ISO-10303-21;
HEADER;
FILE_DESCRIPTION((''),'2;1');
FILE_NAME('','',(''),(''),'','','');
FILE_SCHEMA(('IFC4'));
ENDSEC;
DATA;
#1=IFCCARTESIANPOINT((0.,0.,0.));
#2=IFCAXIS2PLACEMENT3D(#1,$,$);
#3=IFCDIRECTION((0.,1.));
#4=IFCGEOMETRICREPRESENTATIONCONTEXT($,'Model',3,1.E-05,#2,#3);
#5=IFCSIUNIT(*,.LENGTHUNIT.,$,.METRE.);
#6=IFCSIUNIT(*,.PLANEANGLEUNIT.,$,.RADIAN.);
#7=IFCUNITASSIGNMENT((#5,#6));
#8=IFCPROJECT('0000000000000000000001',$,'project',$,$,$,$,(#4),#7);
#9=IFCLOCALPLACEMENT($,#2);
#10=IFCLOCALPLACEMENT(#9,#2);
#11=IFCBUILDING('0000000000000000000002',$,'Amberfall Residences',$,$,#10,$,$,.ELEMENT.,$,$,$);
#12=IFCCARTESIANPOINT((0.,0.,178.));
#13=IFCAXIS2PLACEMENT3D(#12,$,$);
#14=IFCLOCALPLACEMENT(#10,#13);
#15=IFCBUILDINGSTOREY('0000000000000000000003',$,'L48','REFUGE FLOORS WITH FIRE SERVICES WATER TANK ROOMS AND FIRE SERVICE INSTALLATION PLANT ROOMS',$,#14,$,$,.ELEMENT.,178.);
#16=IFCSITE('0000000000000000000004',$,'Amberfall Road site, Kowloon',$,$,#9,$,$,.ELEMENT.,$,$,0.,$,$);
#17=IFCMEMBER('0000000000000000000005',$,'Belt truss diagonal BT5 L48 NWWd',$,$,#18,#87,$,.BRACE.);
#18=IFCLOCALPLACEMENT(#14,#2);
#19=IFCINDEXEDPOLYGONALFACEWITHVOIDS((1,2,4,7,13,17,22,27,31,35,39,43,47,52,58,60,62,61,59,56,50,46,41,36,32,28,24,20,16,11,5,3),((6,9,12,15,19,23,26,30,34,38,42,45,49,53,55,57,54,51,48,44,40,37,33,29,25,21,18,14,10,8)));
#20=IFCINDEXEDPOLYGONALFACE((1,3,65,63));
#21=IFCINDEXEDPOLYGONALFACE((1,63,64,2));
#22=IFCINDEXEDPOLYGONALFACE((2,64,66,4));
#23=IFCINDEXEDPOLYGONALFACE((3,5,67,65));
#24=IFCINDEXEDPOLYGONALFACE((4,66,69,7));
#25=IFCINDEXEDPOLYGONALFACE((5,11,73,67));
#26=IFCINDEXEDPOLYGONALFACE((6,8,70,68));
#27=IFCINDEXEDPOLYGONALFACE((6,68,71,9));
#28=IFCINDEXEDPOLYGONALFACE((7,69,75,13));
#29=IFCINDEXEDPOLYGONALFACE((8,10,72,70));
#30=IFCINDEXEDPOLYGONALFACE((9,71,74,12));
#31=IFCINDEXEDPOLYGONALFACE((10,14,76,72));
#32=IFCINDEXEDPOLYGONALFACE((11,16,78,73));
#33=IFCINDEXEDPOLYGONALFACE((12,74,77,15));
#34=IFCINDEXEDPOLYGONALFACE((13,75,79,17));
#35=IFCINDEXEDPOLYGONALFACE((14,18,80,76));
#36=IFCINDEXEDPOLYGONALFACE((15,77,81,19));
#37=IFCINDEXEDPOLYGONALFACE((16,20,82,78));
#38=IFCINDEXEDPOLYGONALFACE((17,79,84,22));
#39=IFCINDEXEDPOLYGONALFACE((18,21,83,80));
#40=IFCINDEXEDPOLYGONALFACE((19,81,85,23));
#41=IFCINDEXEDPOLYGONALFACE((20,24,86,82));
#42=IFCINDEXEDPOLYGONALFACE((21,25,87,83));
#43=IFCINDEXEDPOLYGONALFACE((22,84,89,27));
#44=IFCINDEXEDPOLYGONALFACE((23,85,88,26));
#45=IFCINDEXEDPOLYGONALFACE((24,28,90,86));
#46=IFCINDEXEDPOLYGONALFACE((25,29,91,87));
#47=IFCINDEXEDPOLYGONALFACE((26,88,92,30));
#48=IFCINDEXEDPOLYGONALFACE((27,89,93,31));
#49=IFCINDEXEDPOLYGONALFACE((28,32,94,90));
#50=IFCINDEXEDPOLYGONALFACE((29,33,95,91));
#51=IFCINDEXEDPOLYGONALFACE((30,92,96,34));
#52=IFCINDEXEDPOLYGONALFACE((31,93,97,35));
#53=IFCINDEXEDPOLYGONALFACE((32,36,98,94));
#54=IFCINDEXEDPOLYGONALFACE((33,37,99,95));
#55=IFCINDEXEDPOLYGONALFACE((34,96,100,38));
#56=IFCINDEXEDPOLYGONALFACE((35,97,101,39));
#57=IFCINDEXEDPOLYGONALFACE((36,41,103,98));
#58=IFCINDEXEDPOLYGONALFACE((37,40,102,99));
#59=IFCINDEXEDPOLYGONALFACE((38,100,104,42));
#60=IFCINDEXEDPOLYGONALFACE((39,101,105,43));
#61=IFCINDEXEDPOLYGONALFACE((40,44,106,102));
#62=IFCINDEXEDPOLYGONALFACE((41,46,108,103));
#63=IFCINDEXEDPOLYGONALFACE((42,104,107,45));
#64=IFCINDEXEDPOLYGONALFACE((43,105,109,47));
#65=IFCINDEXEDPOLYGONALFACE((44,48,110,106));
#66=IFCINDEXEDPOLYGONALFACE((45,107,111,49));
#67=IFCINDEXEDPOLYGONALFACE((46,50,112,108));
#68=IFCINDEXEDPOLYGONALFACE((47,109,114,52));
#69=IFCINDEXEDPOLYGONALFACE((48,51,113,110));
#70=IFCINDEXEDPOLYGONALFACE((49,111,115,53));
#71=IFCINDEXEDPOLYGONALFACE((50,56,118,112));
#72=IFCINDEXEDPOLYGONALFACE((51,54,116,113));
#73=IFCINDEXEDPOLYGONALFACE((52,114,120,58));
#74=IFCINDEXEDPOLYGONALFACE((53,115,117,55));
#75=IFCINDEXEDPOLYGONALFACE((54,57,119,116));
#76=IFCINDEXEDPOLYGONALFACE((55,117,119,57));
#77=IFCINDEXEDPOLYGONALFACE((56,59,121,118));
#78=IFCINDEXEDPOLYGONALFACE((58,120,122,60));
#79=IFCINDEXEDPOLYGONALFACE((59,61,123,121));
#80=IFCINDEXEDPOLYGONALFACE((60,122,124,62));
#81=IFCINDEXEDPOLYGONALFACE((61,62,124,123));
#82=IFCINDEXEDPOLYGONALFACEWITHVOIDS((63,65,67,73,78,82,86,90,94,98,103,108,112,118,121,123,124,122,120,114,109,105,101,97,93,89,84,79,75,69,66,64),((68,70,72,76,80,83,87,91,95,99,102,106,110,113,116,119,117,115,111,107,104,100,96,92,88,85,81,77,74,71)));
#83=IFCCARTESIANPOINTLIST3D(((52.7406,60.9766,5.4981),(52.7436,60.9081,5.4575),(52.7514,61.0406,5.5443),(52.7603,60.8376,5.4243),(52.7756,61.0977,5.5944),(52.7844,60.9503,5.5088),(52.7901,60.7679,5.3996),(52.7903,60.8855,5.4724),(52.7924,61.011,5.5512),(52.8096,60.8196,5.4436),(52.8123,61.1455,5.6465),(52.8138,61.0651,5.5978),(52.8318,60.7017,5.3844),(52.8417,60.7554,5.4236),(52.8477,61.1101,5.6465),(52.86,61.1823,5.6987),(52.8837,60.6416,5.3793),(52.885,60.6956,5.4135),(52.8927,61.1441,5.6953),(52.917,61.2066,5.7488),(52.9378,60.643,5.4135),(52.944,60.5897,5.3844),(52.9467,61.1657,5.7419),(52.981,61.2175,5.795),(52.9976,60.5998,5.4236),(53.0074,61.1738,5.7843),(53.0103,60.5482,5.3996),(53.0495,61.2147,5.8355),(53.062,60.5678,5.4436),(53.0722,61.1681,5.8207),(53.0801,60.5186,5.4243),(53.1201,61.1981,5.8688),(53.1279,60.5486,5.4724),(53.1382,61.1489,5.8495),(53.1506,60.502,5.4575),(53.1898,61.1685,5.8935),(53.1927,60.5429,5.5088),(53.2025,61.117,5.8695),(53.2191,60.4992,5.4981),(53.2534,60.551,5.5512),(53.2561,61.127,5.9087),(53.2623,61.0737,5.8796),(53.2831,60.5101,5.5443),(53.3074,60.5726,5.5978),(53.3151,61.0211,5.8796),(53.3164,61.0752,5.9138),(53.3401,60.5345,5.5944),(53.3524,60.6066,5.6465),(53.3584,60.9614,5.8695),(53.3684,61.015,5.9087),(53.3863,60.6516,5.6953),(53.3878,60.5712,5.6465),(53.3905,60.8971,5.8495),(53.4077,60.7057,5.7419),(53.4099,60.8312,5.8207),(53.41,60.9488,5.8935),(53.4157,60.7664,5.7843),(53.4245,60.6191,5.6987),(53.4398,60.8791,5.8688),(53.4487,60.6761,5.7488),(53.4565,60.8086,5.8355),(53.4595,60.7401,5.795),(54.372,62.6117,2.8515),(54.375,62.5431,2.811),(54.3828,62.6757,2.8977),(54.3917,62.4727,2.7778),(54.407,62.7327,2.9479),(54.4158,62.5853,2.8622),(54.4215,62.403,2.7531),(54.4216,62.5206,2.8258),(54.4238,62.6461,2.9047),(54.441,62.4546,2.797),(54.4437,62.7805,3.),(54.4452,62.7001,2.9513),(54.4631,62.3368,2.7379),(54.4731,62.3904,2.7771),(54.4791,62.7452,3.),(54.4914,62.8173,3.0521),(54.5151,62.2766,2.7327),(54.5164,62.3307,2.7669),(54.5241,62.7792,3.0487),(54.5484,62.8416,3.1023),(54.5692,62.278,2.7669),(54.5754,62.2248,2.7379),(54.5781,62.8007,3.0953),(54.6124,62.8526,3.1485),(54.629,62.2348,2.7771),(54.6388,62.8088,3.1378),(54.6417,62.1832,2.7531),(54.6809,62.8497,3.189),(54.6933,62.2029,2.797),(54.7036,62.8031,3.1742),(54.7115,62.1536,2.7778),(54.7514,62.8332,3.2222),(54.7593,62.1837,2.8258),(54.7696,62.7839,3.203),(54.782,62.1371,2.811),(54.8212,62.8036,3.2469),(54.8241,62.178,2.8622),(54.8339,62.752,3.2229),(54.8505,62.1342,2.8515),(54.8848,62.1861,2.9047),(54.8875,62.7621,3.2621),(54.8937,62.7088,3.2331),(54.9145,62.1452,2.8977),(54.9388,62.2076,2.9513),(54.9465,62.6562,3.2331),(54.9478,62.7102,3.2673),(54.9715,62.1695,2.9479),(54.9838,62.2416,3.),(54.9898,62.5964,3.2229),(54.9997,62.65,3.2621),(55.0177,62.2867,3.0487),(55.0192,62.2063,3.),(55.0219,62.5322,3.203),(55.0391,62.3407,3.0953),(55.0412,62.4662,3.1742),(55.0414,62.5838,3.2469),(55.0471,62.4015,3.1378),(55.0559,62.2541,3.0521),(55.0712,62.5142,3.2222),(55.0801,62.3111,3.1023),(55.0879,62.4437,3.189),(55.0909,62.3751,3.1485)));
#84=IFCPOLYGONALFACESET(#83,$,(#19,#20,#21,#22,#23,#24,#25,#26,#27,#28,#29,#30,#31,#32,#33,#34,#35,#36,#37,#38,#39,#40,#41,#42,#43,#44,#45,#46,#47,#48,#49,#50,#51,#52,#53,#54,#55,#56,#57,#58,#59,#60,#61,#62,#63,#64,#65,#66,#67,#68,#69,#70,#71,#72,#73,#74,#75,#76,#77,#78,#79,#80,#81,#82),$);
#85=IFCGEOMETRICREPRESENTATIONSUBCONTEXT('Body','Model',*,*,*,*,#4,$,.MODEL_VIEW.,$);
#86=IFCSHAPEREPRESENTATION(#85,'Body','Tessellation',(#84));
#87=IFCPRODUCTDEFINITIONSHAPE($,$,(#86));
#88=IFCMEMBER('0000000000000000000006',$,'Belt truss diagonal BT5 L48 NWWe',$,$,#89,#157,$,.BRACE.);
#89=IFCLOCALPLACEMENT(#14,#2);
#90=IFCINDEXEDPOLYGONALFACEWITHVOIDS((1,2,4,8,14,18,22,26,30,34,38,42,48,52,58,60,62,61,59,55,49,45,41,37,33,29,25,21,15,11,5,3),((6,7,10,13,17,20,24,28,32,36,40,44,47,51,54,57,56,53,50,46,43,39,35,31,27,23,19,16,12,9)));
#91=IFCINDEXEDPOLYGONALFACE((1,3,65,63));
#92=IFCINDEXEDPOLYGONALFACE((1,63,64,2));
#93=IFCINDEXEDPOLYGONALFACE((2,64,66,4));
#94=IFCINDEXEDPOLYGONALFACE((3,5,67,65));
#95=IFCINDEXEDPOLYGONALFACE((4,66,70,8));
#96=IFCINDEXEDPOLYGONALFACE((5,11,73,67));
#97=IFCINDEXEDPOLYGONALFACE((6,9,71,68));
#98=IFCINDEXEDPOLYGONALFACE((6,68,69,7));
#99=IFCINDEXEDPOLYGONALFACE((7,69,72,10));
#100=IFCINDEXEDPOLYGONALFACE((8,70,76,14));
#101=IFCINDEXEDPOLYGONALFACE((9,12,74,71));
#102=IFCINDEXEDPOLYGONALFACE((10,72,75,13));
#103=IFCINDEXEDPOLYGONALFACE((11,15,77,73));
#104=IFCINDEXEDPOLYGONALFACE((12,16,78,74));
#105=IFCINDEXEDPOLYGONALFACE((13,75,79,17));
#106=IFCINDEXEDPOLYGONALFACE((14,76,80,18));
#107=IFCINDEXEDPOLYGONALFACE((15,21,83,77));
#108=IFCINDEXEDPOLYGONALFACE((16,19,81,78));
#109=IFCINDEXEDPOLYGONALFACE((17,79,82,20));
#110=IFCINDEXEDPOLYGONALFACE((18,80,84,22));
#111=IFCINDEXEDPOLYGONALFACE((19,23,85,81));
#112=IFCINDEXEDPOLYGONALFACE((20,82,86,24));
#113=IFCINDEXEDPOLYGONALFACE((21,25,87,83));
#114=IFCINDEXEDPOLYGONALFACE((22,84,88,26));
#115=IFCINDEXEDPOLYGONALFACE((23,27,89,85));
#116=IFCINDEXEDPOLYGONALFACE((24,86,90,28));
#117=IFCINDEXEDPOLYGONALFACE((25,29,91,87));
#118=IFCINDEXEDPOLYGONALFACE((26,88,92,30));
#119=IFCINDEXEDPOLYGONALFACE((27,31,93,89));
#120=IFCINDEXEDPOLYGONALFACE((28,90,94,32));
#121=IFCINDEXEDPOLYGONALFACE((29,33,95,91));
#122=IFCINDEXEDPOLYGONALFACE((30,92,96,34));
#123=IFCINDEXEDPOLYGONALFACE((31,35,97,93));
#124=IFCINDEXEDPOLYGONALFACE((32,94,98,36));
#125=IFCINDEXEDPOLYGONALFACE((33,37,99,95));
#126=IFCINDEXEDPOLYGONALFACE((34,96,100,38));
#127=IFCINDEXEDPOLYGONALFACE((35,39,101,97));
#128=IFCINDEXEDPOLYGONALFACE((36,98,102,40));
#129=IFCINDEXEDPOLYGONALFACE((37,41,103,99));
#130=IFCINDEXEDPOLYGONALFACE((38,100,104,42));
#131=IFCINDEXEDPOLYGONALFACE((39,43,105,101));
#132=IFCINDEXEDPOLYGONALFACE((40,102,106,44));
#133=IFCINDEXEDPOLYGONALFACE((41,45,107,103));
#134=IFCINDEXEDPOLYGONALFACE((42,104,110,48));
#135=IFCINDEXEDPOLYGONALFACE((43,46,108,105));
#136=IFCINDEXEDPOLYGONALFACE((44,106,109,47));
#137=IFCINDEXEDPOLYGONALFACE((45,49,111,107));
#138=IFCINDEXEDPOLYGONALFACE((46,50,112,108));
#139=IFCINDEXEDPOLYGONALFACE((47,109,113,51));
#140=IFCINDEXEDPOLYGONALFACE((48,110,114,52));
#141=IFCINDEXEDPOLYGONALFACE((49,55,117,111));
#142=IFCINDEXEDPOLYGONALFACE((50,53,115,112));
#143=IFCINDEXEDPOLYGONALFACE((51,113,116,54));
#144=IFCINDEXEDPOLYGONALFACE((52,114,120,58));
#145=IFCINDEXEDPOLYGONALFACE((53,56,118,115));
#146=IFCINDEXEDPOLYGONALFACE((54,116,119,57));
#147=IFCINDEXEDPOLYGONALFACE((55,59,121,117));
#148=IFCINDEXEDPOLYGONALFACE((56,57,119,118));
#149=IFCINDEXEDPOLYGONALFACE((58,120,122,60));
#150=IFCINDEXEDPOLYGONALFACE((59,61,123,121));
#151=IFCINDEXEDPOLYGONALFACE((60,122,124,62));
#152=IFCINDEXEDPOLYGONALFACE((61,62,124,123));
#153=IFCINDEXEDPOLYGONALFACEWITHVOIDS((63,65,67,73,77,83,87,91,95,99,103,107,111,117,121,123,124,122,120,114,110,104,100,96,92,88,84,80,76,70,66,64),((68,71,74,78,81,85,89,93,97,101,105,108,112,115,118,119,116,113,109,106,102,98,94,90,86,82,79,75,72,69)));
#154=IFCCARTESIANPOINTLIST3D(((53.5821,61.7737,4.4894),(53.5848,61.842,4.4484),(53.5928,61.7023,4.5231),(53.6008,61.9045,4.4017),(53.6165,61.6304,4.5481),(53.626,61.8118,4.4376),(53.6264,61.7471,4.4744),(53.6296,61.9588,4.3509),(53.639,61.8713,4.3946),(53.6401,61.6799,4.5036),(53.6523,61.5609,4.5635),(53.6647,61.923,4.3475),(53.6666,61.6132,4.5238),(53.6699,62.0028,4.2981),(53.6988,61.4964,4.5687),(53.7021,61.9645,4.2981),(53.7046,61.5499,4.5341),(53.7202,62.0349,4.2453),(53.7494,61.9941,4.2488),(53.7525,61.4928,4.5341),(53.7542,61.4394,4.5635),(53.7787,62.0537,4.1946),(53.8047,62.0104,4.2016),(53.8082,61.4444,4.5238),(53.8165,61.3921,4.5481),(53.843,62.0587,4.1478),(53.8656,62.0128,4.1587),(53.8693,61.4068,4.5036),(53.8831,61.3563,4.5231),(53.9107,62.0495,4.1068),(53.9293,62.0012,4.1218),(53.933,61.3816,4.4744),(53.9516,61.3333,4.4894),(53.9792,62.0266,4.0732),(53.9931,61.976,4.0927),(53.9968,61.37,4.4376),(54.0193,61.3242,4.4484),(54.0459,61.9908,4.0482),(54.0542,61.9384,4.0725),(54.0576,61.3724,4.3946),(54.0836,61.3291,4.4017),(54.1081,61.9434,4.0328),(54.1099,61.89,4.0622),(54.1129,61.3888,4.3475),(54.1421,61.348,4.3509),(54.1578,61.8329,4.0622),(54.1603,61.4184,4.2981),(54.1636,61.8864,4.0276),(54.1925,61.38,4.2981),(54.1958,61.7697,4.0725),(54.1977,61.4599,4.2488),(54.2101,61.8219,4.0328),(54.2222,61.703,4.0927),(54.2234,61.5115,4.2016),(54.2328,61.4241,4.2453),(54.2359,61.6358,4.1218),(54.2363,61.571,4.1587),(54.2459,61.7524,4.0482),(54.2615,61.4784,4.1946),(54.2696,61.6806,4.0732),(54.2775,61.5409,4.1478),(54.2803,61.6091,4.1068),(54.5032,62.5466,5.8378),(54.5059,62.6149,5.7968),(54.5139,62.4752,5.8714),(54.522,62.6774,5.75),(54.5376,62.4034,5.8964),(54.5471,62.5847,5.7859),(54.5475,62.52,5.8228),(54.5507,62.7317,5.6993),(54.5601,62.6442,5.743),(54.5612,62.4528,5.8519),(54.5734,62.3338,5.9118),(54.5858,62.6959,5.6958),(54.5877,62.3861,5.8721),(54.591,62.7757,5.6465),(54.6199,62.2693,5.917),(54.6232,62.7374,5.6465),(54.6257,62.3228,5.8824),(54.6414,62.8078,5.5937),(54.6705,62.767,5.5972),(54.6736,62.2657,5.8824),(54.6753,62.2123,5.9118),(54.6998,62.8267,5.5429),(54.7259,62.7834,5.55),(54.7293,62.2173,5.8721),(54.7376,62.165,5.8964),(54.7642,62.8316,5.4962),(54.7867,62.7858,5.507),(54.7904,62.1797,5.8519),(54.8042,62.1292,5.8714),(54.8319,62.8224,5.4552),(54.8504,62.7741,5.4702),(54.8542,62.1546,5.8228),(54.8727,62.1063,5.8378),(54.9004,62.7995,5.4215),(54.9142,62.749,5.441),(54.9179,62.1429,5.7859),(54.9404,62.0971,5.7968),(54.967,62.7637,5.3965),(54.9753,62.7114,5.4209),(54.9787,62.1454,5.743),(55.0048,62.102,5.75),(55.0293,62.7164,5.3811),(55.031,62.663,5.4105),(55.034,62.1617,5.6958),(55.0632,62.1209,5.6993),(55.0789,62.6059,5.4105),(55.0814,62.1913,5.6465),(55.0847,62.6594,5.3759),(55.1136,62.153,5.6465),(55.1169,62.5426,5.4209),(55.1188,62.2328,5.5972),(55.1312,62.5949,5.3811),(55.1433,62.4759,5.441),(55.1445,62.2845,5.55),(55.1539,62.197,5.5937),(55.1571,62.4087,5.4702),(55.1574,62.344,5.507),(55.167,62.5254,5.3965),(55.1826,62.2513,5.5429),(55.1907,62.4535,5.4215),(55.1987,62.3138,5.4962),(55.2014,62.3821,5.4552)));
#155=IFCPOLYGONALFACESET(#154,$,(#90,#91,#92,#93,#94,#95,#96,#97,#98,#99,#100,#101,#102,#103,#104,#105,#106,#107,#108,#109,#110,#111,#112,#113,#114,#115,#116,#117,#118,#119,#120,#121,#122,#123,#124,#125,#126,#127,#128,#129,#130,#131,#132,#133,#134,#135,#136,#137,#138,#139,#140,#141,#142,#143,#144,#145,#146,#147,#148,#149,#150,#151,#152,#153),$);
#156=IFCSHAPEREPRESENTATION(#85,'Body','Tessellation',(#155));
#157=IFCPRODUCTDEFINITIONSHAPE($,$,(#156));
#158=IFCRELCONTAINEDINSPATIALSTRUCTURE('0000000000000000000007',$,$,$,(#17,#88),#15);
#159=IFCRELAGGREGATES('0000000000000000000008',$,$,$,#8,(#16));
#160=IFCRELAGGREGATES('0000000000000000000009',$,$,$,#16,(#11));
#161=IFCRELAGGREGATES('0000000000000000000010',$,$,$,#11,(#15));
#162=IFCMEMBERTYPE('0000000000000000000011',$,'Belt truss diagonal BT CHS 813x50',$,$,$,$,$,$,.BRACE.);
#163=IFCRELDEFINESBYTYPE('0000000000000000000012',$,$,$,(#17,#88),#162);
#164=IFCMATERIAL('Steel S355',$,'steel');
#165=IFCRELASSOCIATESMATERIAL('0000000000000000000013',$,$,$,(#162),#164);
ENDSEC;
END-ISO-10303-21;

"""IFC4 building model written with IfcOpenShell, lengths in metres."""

from ifc_helpers import new_model, si_unit, direction, frame, origin, origin_2d, place, context, subcontext, project, spatial, hollow_circle, extrude, material, material_profile, profile_set, type_object, element, save


model = new_model("IFC4")

# Units and contexts
model_context = context("Model", 3, precision=1e-05, world=origin(), true_north=direction((0.0, 1.0)))
body_context = subcontext(model_context, "Body", "Model", "MODEL_VIEW")
ifc_project = project(units=[si_unit("LENGTHUNIT", "METRE"), si_unit("PLANEANGLEUNIT", "RADIAN")], contexts=[model_context])

# Site, building, storey
site_placement = place(None, origin())
site = spatial("IfcSite", under=ifc_project, at=site_placement, Name="Amberfall Road site, Kowloon", CompositionType="ELEMENT", RefElevation=0.0)
building_placement = place(site_placement, origin())
building = spatial("IfcBuilding", under=site, at=building_placement, Name="Amberfall Residences", CompositionType="ELEMENT")
storey_placement = place(building_placement, frame((0.0, 0.0, 178.0)))
storey = spatial("IfcBuildingStorey", under=building, at=storey_placement, Name="L48", Description="REFUGE FLOORS WITH FIRE SERVICES WATER TANK ROOMS AND FIRE SERVICE INSTALLATION PLANT ROOMS", CompositionType="ELEMENT", Elevation=178.0)

# Shared definitions
ifc_material_1 = material(Name="Steel S355", Category="steel")

# Members
ifc_material_profile_1 = material_profile(ifc_material_1, hollow_circle(Radius=0.4065, WallThickness=0.05, at=origin_2d()), Name="CHS 813x50")
ifc_profile_set_1 = profile_set([ifc_material_profile_1], Name="Steel S355")
member_type = type_object("IfcMemberType", Name="Belt truss diagonal BT CHS 813x50", PredefinedType="BRACE", material=ifc_profile_set_1)
member_1_placement = place(storey_placement, frame((54.7314, 62.4934, 3.0), z_axis=(-0.464426, -0.465469, 0.753424), x_axis=(0.707899, -0.706314, 0.0)))
element("IfcMember", 1, at=member_1_placement, inside=storey, type_object=member_type, Name="Belt truss diagonal BT5 L48 NWWd", PredefinedType="BRACE", context=body_context, shape_type="SweptSolid", body=[
    extrude(hollow_circle(Radius=0.4065, WallThickness=0.05, at=origin_2d()), origin(), (0.0, 0.0, 1.0), 3.5127),
])
member_2_placement = place(storey_placement, frame((54.8523, 62.4644, 5.6465), z_axis=(-0.509853, -0.427828, -0.746334), x_axis=(0.642797, -0.766037, 0.0)))
element("IfcMember", 2, at=member_2_placement, inside=storey, type_object=member_type, Name="Belt truss diagonal BT5 L48 NWWe", PredefinedType="BRACE", context=body_context, shape_type="SweptSolid", body=[
    extrude(hollow_circle(Radius=0.4065, WallThickness=0.05, at=origin_2d()), origin(), (0.0, 0.0, 1.0), 1.8066),
])

save(model, "model.ifc")
